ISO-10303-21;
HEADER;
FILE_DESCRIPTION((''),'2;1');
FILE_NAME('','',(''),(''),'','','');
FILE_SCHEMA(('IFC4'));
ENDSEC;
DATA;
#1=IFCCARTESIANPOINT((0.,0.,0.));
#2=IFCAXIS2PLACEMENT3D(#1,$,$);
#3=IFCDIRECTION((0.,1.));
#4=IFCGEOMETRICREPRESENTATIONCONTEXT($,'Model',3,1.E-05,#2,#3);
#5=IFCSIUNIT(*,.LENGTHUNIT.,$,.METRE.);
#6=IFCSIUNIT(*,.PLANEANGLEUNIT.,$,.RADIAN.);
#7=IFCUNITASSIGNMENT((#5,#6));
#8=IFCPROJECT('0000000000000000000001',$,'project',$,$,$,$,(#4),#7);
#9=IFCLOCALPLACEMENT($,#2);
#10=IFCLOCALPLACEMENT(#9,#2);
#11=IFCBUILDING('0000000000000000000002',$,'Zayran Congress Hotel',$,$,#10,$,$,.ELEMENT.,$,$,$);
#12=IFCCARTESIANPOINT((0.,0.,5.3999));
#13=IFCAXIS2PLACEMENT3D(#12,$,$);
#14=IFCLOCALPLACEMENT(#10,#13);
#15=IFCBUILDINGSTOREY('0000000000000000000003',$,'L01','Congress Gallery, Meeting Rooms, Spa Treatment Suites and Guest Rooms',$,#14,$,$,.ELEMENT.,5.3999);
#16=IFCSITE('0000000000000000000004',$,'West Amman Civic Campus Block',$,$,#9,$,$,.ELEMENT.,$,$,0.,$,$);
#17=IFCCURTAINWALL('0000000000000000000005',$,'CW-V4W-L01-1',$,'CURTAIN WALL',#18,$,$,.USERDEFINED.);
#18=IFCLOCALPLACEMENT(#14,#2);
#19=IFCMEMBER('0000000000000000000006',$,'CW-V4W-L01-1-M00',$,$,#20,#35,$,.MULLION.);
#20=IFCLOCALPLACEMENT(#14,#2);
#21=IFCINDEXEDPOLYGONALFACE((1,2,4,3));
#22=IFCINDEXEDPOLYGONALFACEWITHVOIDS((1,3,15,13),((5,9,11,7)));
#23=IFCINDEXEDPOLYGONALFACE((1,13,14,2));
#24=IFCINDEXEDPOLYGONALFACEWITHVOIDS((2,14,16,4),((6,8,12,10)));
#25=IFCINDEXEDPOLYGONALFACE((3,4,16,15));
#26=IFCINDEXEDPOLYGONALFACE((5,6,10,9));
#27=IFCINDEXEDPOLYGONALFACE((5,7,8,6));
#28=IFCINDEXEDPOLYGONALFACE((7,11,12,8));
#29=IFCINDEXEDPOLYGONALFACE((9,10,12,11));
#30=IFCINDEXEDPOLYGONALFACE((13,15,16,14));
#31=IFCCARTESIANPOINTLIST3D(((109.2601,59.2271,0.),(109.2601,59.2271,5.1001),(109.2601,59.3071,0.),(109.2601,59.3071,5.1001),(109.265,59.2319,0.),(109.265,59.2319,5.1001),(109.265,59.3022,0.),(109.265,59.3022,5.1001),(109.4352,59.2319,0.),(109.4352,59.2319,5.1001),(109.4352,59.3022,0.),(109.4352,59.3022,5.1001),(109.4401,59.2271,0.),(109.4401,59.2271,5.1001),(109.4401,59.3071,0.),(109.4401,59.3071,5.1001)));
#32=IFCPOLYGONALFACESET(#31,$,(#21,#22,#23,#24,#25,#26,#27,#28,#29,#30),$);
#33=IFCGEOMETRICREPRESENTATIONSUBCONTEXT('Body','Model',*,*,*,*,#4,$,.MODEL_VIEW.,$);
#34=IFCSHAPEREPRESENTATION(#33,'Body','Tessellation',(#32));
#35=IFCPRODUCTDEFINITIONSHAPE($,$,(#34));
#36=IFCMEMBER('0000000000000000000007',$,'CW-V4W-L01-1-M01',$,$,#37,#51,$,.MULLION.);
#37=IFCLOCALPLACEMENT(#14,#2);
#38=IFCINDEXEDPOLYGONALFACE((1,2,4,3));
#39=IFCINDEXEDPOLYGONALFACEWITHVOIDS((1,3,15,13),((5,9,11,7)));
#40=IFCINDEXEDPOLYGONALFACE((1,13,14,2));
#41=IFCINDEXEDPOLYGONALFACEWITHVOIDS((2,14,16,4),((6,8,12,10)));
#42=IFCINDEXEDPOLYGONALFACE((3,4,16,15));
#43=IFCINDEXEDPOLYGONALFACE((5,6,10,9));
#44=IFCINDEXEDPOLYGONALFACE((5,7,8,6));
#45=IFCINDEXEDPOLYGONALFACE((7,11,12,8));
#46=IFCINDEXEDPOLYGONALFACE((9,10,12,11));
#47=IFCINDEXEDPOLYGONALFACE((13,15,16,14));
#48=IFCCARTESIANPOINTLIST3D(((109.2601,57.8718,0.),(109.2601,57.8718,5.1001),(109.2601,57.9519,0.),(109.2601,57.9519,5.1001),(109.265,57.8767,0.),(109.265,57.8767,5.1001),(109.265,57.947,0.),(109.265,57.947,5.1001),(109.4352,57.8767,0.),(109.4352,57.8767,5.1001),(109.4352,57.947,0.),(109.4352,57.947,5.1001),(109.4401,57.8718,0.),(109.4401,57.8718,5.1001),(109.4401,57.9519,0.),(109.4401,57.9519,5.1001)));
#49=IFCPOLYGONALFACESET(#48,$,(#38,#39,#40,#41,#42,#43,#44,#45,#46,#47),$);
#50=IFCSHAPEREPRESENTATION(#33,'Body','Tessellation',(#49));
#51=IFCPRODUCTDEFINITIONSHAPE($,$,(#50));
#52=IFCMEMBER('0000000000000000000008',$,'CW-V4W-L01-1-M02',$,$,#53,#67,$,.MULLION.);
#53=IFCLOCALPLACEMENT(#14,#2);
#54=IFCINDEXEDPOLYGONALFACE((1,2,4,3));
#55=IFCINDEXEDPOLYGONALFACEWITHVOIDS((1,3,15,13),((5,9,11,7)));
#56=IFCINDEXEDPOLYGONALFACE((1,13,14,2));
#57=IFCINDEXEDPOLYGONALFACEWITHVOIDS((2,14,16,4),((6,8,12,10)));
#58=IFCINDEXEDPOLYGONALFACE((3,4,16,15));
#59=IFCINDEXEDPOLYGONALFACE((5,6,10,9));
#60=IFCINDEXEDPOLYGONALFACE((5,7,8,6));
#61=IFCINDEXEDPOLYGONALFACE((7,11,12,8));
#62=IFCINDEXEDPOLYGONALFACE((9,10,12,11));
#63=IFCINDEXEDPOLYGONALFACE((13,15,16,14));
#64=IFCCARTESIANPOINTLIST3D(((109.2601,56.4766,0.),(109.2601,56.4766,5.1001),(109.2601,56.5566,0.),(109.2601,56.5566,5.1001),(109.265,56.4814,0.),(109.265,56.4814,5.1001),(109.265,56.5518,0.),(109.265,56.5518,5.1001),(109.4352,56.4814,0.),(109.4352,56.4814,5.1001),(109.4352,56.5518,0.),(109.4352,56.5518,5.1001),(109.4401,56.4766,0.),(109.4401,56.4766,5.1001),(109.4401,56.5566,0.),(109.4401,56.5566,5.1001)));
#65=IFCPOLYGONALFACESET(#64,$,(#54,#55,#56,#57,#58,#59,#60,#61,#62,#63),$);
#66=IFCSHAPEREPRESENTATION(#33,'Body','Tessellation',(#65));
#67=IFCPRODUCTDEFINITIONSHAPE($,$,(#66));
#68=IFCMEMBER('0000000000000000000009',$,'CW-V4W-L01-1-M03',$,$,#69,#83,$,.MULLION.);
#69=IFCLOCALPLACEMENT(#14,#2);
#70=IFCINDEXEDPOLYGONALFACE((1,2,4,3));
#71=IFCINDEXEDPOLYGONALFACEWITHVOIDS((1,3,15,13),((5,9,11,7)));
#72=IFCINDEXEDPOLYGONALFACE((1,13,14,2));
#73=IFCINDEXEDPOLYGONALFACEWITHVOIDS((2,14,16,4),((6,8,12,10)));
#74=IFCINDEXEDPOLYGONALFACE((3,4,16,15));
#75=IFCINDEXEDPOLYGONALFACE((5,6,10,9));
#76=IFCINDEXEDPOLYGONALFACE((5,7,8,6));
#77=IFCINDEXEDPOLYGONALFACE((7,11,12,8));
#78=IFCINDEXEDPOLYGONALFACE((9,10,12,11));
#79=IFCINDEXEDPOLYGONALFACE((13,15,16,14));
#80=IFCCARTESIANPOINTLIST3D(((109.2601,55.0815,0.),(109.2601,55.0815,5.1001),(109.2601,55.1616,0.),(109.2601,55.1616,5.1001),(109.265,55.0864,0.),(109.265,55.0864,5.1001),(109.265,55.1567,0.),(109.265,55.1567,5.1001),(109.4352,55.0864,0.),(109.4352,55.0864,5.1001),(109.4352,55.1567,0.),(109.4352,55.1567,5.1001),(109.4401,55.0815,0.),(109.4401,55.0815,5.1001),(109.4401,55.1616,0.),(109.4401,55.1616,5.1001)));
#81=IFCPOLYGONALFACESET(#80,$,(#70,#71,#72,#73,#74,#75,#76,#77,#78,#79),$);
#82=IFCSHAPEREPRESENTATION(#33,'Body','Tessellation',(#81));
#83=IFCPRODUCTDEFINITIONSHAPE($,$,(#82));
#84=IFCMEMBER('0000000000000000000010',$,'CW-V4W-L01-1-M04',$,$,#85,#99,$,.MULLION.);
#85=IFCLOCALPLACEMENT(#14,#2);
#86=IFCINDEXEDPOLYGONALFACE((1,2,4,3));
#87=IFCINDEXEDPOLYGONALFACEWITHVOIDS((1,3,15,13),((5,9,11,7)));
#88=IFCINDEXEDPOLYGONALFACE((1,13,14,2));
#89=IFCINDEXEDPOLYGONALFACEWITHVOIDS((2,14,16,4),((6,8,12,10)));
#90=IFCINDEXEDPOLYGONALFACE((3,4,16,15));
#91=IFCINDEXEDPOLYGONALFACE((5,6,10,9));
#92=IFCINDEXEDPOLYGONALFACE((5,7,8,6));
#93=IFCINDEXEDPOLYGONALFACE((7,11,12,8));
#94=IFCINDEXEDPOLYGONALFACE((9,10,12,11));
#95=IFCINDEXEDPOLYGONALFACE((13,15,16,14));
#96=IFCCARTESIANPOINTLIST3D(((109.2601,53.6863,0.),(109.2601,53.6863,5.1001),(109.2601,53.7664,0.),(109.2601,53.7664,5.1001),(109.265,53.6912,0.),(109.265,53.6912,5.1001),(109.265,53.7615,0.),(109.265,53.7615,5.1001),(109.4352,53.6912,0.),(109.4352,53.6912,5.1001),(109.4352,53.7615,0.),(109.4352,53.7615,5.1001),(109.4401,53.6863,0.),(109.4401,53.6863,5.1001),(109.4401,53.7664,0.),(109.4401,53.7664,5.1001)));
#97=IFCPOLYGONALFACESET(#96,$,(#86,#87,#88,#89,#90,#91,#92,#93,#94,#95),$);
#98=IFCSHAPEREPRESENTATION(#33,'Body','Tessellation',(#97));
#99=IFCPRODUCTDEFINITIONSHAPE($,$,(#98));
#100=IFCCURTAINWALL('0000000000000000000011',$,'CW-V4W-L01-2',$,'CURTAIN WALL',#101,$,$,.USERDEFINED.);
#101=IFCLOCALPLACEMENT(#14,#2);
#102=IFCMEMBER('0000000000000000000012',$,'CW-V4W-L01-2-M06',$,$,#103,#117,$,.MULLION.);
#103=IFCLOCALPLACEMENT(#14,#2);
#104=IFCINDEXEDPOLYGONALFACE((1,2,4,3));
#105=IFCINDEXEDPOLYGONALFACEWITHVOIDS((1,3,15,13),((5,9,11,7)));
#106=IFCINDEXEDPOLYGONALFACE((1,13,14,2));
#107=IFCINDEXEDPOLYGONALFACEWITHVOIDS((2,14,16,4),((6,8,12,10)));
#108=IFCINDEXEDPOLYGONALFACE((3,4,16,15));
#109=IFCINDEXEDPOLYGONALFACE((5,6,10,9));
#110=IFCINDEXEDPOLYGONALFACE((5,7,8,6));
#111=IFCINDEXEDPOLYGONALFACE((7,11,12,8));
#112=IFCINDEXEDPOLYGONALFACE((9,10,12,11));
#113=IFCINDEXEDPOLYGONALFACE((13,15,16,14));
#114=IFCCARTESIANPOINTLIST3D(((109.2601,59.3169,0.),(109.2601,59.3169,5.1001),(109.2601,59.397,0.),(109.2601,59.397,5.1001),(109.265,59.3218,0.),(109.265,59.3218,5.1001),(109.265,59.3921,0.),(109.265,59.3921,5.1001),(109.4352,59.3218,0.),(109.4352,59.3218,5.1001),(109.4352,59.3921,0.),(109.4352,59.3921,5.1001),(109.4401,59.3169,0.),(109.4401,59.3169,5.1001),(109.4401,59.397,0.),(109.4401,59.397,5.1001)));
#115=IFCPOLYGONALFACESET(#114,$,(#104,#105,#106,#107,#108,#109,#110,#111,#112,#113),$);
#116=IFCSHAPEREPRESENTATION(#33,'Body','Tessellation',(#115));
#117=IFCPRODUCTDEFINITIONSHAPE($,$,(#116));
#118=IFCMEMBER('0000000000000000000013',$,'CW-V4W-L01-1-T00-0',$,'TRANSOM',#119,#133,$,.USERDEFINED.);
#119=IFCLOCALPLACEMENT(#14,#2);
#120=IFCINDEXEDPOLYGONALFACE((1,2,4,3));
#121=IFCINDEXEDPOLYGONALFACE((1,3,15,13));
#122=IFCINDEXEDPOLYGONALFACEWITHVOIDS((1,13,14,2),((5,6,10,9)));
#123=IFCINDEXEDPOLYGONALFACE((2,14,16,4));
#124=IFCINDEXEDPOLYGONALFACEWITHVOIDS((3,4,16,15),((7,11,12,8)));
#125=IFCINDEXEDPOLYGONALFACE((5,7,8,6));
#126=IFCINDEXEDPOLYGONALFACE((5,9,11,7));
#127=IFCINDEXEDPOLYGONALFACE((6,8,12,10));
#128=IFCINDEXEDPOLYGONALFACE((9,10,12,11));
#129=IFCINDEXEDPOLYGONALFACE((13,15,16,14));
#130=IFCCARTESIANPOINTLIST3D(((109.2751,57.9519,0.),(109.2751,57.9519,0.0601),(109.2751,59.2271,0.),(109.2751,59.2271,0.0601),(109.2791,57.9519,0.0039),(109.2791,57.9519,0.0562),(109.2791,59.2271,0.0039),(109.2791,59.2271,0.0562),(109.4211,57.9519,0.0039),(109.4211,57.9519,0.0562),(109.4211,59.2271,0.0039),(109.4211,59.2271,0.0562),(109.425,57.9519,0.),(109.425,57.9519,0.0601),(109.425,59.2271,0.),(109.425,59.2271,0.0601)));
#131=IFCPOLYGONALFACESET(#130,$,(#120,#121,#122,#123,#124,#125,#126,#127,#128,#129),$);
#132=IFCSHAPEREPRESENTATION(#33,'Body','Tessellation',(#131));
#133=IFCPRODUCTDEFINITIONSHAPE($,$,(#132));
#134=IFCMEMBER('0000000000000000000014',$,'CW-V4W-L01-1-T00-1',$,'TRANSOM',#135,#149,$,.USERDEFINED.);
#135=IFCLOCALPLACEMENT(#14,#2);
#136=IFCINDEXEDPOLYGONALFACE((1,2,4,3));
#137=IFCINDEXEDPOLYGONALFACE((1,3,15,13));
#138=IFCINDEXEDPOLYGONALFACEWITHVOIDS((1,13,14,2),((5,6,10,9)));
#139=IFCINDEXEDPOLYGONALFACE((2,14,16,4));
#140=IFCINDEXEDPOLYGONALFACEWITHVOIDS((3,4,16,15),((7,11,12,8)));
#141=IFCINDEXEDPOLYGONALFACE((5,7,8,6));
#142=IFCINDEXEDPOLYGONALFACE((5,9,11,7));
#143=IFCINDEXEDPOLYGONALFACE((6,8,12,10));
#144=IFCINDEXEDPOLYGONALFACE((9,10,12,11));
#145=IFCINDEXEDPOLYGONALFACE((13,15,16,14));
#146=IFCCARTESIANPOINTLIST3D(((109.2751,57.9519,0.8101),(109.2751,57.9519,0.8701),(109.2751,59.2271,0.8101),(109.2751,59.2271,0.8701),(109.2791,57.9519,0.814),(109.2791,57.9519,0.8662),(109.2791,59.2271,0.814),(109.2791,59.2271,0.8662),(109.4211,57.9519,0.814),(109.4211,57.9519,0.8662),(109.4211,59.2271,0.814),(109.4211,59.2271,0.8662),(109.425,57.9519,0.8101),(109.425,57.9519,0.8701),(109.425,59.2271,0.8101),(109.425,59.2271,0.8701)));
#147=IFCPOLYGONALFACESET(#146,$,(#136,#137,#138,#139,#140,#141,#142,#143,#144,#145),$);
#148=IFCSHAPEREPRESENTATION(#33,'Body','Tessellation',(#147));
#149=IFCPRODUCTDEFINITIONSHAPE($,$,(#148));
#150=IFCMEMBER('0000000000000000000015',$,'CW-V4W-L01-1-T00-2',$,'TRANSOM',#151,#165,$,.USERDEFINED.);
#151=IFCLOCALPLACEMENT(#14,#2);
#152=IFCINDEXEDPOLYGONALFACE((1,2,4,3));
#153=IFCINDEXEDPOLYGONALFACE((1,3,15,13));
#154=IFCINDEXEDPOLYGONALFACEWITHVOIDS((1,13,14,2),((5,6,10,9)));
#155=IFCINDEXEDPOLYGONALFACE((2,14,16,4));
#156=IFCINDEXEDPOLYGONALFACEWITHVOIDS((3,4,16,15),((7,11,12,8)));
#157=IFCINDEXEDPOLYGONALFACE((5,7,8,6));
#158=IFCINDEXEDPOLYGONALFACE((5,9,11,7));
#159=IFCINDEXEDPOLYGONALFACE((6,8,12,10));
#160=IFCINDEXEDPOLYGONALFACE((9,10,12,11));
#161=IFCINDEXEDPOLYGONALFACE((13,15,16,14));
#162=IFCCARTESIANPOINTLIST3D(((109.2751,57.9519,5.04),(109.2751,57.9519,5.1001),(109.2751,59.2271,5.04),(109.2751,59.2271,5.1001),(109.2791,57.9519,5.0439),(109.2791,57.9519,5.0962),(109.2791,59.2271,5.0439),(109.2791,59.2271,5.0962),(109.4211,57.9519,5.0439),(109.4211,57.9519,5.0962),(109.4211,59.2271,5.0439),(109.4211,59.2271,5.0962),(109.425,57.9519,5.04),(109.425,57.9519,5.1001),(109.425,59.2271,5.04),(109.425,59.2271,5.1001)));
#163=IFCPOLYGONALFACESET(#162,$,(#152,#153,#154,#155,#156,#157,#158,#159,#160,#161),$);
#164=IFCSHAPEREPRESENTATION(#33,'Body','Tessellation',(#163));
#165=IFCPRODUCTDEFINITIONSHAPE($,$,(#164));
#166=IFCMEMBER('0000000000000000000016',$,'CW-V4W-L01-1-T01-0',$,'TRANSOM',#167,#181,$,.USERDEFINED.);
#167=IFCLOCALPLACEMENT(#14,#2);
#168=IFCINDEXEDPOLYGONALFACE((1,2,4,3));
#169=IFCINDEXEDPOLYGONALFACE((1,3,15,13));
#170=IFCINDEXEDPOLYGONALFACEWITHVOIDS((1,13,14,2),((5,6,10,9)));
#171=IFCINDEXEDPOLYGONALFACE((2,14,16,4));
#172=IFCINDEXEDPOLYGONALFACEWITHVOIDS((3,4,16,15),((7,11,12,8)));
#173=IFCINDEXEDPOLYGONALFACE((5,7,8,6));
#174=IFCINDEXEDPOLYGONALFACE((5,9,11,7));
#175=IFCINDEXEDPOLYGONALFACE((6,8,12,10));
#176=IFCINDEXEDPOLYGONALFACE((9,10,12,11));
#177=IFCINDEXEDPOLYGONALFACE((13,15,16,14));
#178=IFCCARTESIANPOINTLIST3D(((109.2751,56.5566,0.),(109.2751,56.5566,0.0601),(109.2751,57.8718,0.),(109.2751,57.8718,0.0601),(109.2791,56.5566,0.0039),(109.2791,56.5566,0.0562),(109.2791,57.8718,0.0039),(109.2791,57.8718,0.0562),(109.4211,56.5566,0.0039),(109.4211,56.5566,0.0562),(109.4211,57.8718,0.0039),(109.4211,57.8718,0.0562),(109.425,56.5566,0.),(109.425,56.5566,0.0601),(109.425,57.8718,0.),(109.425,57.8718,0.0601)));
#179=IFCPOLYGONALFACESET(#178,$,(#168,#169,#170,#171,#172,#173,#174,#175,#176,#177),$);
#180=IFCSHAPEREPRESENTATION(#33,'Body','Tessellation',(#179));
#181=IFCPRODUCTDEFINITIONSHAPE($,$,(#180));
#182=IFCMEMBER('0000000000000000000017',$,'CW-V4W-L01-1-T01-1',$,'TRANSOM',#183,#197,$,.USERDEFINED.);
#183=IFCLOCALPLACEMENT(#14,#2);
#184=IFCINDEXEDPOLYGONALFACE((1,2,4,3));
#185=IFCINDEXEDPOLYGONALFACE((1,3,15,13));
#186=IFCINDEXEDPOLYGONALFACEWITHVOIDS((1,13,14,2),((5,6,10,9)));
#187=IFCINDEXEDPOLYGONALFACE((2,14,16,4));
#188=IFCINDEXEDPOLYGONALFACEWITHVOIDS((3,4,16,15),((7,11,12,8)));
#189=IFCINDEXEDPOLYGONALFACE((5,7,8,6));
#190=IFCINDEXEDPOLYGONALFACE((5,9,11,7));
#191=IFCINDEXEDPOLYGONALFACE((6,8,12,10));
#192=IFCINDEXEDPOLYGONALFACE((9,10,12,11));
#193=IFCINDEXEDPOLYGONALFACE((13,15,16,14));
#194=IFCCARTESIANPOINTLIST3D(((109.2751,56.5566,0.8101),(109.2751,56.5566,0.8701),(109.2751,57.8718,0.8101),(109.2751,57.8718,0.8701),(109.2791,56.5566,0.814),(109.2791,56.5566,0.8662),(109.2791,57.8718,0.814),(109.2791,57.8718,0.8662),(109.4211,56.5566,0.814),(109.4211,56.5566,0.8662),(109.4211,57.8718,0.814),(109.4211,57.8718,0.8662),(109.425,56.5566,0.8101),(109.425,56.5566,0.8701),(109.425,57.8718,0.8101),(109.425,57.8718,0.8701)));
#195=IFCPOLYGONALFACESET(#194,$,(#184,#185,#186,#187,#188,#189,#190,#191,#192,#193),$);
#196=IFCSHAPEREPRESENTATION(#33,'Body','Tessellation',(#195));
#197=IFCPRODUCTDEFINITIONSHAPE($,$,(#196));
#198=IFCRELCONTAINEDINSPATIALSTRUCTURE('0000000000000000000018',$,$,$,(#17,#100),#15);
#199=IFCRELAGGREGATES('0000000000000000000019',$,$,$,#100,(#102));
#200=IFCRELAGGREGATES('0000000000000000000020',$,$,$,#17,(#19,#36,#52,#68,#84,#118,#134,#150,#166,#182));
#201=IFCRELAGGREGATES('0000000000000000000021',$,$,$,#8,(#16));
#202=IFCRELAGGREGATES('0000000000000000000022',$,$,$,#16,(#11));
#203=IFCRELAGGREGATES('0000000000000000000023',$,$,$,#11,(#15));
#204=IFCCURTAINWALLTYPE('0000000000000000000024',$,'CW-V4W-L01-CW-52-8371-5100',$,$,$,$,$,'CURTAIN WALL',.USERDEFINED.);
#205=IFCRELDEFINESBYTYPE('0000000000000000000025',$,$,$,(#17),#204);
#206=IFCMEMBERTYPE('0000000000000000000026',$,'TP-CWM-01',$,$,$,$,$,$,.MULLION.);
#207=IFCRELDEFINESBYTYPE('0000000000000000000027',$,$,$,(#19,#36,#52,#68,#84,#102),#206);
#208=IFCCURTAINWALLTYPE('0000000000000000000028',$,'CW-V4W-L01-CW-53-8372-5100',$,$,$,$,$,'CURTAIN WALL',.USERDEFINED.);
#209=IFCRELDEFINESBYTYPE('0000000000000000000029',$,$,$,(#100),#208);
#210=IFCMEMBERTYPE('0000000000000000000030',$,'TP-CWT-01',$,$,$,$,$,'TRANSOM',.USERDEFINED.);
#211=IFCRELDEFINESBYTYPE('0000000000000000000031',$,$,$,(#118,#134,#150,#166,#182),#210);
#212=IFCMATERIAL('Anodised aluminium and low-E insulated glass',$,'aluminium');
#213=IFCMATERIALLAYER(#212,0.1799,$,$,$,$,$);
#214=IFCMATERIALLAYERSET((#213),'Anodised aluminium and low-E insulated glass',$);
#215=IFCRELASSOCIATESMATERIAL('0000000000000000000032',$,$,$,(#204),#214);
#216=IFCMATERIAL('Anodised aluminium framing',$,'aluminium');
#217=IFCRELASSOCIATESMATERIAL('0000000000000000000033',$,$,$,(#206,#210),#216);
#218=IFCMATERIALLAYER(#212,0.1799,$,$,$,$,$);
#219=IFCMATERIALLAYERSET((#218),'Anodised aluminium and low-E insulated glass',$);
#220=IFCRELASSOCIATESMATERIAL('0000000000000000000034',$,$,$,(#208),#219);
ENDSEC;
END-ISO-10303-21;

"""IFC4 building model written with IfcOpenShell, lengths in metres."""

from ifc_helpers import new_model, si_unit, direction, frame, origin, origin_2d, place, context, subcontext, project, spatial, hollow_rectangle, extrude, material, layer, layer_set, material_profile, profile_set, type_object, element, aggregate, save


model = new_model("IFC4")

# Units and contexts
model_context = context("Model", 3, precision=1e-05, world=origin(), true_north=direction((0.0, 1.0)))
body_context = subcontext(model_context, "Body", "Model", "MODEL_VIEW")
ifc_project = project(units=[si_unit("LENGTHUNIT", "METRE"), si_unit("PLANEANGLEUNIT", "RADIAN")], contexts=[model_context])

# Site, building, storey
site_placement = place(None, origin())
site = spatial("IfcSite", under=ifc_project, at=site_placement, Name="West Amman Civic Campus Block", CompositionType="ELEMENT", RefElevation=0.0)
building_placement = place(site_placement, origin())
building = spatial("IfcBuilding", under=site, at=building_placement, Name="Zayran Congress Hotel", CompositionType="ELEMENT")
storey_placement = place(building_placement, frame((0.0, 0.0, 5.3999)))
storey = spatial("IfcBuildingStorey", under=building, at=storey_placement, Name="L01", Description="Congress Gallery, Meeting Rooms, Spa Treatment Suites and Guest Rooms", CompositionType="ELEMENT", Elevation=5.3999)

# Curtain wall, members
ifc_material_1 = material(Name="Anodised aluminium and low-E insulated glass", Category="aluminium")
ifc_layer_1 = layer(ifc_material_1, 0.1799)
ifc_layer_set_1 = layer_set([ifc_layer_1], Name="Anodised aluminium and low-E insulated glass")
curtain_wall_type_1 = type_object("IfcCurtainWallType", Name="CW-V4W-L01-CW-52-8371-5100", ElementType="CURTAIN WALL", PredefinedType="USERDEFINED", material=ifc_layer_set_1)
curtain_wall_1_placement = place(storey_placement, origin())
curtain_wall_1 = element("IfcCurtainWall", 1, at=curtain_wall_1_placement, inside=storey, type_object=curtain_wall_type_1, Name="CW-V4W-L01-1", ObjectType="CURTAIN WALL", PredefinedType="USERDEFINED")
ifc_material_2 = material(Name="Anodised aluminium framing", Category="aluminium")
ifc_material_profile_1 = material_profile(ifc_material_2, hollow_rectangle(XDim=0.0801, YDim=0.1799, WallThickness=0.0049, at=origin_2d()), Name="RHS 180x80x5")
ifc_profile_set_1 = profile_set([ifc_material_profile_1], Name="Anodised aluminium framing")
member_type_1 = type_object("IfcMemberType", Name="TP-CWM-01", PredefinedType="MULLION", material=ifc_profile_set_1)
member_1_placement = place(storey_placement, frame((109.3501, 59.2671, 0.0), z_axis=(0.0, 0.0, 1.0), x_axis=(0.0, 1.0, 0.0)))
member_1 = element("IfcMember", 2, at=member_1_placement, type_object=member_type_1, Name="CW-V4W-L01-1-M00", PredefinedType="MULLION", context=body_context, shape_type="SweptSolid", body=[
    extrude(hollow_rectangle(XDim=0.0801, YDim=0.1799, WallThickness=0.0049, at=origin_2d()), origin(), (0.0, 0.0, 1.0), 5.1001),
])
member_2_placement = place(storey_placement, frame((109.3501, 57.9119, 0.0), z_axis=(0.0, 0.0, 1.0), x_axis=(0.0, 1.0, 0.0)))
member_2 = element("IfcMember", 3, at=member_2_placement, type_object=member_type_1, Name="CW-V4W-L01-1-M01", PredefinedType="MULLION", context=body_context, shape_type="SweptSolid", body=[
    extrude(hollow_rectangle(XDim=0.0801, YDim=0.1799, WallThickness=0.0049, at=origin_2d()), origin(), (0.0, 0.0, 1.0), 5.1001),
])
member_3_placement = place(storey_placement, frame((109.3501, 56.5166, 0.0), z_axis=(0.0, 0.0, 1.0), x_axis=(0.0, 1.0, 0.0)))
member_3 = element("IfcMember", 4, at=member_3_placement, type_object=member_type_1, Name="CW-V4W-L01-1-M02", PredefinedType="MULLION", context=body_context, shape_type="SweptSolid", body=[
    extrude(hollow_rectangle(XDim=0.0801, YDim=0.1799, WallThickness=0.0049, at=origin_2d()), origin(), (0.0, 0.0, 1.0), 5.1001),
])
member_4_placement = place(storey_placement, frame((109.3501, 55.1216, 0.0), z_axis=(0.0, 0.0, 1.0), x_axis=(0.0, 1.0, 0.0)))
member_4 = element("IfcMember", 5, at=member_4_placement, type_object=member_type_1, Name="CW-V4W-L01-1-M03", PredefinedType="MULLION", context=body_context, shape_type="SweptSolid", body=[
    extrude(hollow_rectangle(XDim=0.0801, YDim=0.1799, WallThickness=0.0049, at=origin_2d()), origin(), (0.0, 0.0, 1.0), 5.1001),
])
member_5_placement = place(storey_placement, frame((109.3501, 53.7263, 0.0), z_axis=(0.0, 0.0, 1.0), x_axis=(0.0, 1.0, 0.0)))
member_5 = element("IfcMember", 6, at=member_5_placement, type_object=member_type_1, Name="CW-V4W-L01-1-M04", PredefinedType="MULLION", context=body_context, shape_type="SweptSolid", body=[
    extrude(hollow_rectangle(XDim=0.0801, YDim=0.1799, WallThickness=0.0049, at=origin_2d()), origin(), (0.0, 0.0, 1.0), 5.1001),
])

# Curtain wall, member
ifc_layer_2 = layer(ifc_material_1, 0.1799)
ifc_layer_set_2 = layer_set([ifc_layer_2], Name="Anodised aluminium and low-E insulated glass")
curtain_wall_type_2 = type_object("IfcCurtainWallType", Name="CW-V4W-L01-CW-53-8372-5100", ElementType="CURTAIN WALL", PredefinedType="USERDEFINED", material=ifc_layer_set_2)
curtain_wall_2_placement = place(storey_placement, origin())
curtain_wall_2 = element("IfcCurtainWall", 7, at=curtain_wall_2_placement, inside=storey, type_object=curtain_wall_type_2, Name="CW-V4W-L01-2", ObjectType="CURTAIN WALL", PredefinedType="USERDEFINED")
member_6_placement = place(storey_placement, frame((109.3501, 59.3569, 0.0), z_axis=(0.0, 0.0, 1.0), x_axis=(0.0, 1.0, 0.0)))
member_6 = element("IfcMember", 8, at=member_6_placement, type_object=member_type_1, Name="CW-V4W-L01-2-M06", PredefinedType="MULLION", context=body_context, shape_type="SweptSolid", body=[
    extrude(hollow_rectangle(XDim=0.0801, YDim=0.1799, WallThickness=0.0049, at=origin_2d()), origin(), (0.0, 0.0, 1.0), 5.1001),
])
aggregate(curtain_wall_2, [member_6])

# Members
ifc_material_profile_2 = material_profile(ifc_material_2, hollow_rectangle(XDim=0.0601, YDim=0.1499, WallThickness=0.0039, at=origin_2d()), Name="RHS 150x60x4")
ifc_profile_set_2 = profile_set([ifc_material_profile_2], Name="Anodised aluminium framing")
member_type_2 = type_object("IfcMemberType", Name="TP-CWT-01", ElementType="TRANSOM", PredefinedType="USERDEFINED", material=ifc_profile_set_2)
member_7_placement = place(storey_placement, frame((109.3501, 59.2271, 0.03), z_axis=(0.0, -1.0, 0.0), x_axis=(0.0, 0.0, 1.0)))
member_7 = element("IfcMember", 9, at=member_7_placement, type_object=member_type_2, Name="CW-V4W-L01-1-T00-0", ObjectType="TRANSOM", PredefinedType="USERDEFINED", context=body_context, shape_type="SweptSolid", body=[
    extrude(hollow_rectangle(XDim=0.0601, YDim=0.1499, WallThickness=0.0039, at=origin_2d()), origin(), (0.0, 0.0, 1.0), 1.2751),
])
member_8_placement = place(storey_placement, frame((109.3501, 59.2271, 0.8401), z_axis=(0.0, -1.0, 0.0), x_axis=(0.0, 0.0, 1.0)))
member_8 = element("IfcMember", 10, at=member_8_placement, type_object=member_type_2, Name="CW-V4W-L01-1-T00-1", ObjectType="TRANSOM", PredefinedType="USERDEFINED", context=body_context, shape_type="SweptSolid", body=[
    extrude(hollow_rectangle(XDim=0.0601, YDim=0.1499, WallThickness=0.0039, at=origin_2d()), origin(), (0.0, 0.0, 1.0), 1.2751),
])
member_9_placement = place(storey_placement, frame((109.3501, 59.2271, 5.0701), z_axis=(0.0, -1.0, 0.0), x_axis=(0.0, 0.0, 1.0)))
member_9 = element("IfcMember", 11, at=member_9_placement, type_object=member_type_2, Name="CW-V4W-L01-1-T00-2", ObjectType="TRANSOM", PredefinedType="USERDEFINED", context=body_context, shape_type="SweptSolid", body=[
    extrude(hollow_rectangle(XDim=0.0601, YDim=0.1499, WallThickness=0.0039, at=origin_2d()), origin(), (0.0, 0.0, 1.0), 1.2751),
])
member_10_placement = place(storey_placement, frame((109.3501, 57.8718, 0.03), z_axis=(0.0, -1.0, 0.0), x_axis=(0.0, 0.0, 1.0)))
member_10 = element("IfcMember", 12, at=member_10_placement, type_object=member_type_2, Name="CW-V4W-L01-1-T01-0", ObjectType="TRANSOM", PredefinedType="USERDEFINED", context=body_context, shape_type="SweptSolid", body=[
    extrude(hollow_rectangle(XDim=0.0601, YDim=0.1499, WallThickness=0.0039, at=origin_2d()), origin(), (0.0, 0.0, 1.0), 1.3152),
])
member_11_placement = place(storey_placement, frame((109.3501, 57.8718, 0.8401), z_axis=(0.0, -1.0, 0.0), x_axis=(0.0, 0.0, 1.0)))
member_11 = element("IfcMember", 13, at=member_11_placement, type_object=member_type_2, Name="CW-V4W-L01-1-T01-1", ObjectType="TRANSOM", PredefinedType="USERDEFINED", context=body_context, shape_type="SweptSolid", body=[
    extrude(hollow_rectangle(XDim=0.0601, YDim=0.1499, WallThickness=0.0039, at=origin_2d()), origin(), (0.0, 0.0, 1.0), 1.3152),
])

aggregate(curtain_wall_1, [member_1, member_2, member_3, member_4, member_5, member_7, member_8, member_9, member_10, member_11])

save(model, "model.ifc")
